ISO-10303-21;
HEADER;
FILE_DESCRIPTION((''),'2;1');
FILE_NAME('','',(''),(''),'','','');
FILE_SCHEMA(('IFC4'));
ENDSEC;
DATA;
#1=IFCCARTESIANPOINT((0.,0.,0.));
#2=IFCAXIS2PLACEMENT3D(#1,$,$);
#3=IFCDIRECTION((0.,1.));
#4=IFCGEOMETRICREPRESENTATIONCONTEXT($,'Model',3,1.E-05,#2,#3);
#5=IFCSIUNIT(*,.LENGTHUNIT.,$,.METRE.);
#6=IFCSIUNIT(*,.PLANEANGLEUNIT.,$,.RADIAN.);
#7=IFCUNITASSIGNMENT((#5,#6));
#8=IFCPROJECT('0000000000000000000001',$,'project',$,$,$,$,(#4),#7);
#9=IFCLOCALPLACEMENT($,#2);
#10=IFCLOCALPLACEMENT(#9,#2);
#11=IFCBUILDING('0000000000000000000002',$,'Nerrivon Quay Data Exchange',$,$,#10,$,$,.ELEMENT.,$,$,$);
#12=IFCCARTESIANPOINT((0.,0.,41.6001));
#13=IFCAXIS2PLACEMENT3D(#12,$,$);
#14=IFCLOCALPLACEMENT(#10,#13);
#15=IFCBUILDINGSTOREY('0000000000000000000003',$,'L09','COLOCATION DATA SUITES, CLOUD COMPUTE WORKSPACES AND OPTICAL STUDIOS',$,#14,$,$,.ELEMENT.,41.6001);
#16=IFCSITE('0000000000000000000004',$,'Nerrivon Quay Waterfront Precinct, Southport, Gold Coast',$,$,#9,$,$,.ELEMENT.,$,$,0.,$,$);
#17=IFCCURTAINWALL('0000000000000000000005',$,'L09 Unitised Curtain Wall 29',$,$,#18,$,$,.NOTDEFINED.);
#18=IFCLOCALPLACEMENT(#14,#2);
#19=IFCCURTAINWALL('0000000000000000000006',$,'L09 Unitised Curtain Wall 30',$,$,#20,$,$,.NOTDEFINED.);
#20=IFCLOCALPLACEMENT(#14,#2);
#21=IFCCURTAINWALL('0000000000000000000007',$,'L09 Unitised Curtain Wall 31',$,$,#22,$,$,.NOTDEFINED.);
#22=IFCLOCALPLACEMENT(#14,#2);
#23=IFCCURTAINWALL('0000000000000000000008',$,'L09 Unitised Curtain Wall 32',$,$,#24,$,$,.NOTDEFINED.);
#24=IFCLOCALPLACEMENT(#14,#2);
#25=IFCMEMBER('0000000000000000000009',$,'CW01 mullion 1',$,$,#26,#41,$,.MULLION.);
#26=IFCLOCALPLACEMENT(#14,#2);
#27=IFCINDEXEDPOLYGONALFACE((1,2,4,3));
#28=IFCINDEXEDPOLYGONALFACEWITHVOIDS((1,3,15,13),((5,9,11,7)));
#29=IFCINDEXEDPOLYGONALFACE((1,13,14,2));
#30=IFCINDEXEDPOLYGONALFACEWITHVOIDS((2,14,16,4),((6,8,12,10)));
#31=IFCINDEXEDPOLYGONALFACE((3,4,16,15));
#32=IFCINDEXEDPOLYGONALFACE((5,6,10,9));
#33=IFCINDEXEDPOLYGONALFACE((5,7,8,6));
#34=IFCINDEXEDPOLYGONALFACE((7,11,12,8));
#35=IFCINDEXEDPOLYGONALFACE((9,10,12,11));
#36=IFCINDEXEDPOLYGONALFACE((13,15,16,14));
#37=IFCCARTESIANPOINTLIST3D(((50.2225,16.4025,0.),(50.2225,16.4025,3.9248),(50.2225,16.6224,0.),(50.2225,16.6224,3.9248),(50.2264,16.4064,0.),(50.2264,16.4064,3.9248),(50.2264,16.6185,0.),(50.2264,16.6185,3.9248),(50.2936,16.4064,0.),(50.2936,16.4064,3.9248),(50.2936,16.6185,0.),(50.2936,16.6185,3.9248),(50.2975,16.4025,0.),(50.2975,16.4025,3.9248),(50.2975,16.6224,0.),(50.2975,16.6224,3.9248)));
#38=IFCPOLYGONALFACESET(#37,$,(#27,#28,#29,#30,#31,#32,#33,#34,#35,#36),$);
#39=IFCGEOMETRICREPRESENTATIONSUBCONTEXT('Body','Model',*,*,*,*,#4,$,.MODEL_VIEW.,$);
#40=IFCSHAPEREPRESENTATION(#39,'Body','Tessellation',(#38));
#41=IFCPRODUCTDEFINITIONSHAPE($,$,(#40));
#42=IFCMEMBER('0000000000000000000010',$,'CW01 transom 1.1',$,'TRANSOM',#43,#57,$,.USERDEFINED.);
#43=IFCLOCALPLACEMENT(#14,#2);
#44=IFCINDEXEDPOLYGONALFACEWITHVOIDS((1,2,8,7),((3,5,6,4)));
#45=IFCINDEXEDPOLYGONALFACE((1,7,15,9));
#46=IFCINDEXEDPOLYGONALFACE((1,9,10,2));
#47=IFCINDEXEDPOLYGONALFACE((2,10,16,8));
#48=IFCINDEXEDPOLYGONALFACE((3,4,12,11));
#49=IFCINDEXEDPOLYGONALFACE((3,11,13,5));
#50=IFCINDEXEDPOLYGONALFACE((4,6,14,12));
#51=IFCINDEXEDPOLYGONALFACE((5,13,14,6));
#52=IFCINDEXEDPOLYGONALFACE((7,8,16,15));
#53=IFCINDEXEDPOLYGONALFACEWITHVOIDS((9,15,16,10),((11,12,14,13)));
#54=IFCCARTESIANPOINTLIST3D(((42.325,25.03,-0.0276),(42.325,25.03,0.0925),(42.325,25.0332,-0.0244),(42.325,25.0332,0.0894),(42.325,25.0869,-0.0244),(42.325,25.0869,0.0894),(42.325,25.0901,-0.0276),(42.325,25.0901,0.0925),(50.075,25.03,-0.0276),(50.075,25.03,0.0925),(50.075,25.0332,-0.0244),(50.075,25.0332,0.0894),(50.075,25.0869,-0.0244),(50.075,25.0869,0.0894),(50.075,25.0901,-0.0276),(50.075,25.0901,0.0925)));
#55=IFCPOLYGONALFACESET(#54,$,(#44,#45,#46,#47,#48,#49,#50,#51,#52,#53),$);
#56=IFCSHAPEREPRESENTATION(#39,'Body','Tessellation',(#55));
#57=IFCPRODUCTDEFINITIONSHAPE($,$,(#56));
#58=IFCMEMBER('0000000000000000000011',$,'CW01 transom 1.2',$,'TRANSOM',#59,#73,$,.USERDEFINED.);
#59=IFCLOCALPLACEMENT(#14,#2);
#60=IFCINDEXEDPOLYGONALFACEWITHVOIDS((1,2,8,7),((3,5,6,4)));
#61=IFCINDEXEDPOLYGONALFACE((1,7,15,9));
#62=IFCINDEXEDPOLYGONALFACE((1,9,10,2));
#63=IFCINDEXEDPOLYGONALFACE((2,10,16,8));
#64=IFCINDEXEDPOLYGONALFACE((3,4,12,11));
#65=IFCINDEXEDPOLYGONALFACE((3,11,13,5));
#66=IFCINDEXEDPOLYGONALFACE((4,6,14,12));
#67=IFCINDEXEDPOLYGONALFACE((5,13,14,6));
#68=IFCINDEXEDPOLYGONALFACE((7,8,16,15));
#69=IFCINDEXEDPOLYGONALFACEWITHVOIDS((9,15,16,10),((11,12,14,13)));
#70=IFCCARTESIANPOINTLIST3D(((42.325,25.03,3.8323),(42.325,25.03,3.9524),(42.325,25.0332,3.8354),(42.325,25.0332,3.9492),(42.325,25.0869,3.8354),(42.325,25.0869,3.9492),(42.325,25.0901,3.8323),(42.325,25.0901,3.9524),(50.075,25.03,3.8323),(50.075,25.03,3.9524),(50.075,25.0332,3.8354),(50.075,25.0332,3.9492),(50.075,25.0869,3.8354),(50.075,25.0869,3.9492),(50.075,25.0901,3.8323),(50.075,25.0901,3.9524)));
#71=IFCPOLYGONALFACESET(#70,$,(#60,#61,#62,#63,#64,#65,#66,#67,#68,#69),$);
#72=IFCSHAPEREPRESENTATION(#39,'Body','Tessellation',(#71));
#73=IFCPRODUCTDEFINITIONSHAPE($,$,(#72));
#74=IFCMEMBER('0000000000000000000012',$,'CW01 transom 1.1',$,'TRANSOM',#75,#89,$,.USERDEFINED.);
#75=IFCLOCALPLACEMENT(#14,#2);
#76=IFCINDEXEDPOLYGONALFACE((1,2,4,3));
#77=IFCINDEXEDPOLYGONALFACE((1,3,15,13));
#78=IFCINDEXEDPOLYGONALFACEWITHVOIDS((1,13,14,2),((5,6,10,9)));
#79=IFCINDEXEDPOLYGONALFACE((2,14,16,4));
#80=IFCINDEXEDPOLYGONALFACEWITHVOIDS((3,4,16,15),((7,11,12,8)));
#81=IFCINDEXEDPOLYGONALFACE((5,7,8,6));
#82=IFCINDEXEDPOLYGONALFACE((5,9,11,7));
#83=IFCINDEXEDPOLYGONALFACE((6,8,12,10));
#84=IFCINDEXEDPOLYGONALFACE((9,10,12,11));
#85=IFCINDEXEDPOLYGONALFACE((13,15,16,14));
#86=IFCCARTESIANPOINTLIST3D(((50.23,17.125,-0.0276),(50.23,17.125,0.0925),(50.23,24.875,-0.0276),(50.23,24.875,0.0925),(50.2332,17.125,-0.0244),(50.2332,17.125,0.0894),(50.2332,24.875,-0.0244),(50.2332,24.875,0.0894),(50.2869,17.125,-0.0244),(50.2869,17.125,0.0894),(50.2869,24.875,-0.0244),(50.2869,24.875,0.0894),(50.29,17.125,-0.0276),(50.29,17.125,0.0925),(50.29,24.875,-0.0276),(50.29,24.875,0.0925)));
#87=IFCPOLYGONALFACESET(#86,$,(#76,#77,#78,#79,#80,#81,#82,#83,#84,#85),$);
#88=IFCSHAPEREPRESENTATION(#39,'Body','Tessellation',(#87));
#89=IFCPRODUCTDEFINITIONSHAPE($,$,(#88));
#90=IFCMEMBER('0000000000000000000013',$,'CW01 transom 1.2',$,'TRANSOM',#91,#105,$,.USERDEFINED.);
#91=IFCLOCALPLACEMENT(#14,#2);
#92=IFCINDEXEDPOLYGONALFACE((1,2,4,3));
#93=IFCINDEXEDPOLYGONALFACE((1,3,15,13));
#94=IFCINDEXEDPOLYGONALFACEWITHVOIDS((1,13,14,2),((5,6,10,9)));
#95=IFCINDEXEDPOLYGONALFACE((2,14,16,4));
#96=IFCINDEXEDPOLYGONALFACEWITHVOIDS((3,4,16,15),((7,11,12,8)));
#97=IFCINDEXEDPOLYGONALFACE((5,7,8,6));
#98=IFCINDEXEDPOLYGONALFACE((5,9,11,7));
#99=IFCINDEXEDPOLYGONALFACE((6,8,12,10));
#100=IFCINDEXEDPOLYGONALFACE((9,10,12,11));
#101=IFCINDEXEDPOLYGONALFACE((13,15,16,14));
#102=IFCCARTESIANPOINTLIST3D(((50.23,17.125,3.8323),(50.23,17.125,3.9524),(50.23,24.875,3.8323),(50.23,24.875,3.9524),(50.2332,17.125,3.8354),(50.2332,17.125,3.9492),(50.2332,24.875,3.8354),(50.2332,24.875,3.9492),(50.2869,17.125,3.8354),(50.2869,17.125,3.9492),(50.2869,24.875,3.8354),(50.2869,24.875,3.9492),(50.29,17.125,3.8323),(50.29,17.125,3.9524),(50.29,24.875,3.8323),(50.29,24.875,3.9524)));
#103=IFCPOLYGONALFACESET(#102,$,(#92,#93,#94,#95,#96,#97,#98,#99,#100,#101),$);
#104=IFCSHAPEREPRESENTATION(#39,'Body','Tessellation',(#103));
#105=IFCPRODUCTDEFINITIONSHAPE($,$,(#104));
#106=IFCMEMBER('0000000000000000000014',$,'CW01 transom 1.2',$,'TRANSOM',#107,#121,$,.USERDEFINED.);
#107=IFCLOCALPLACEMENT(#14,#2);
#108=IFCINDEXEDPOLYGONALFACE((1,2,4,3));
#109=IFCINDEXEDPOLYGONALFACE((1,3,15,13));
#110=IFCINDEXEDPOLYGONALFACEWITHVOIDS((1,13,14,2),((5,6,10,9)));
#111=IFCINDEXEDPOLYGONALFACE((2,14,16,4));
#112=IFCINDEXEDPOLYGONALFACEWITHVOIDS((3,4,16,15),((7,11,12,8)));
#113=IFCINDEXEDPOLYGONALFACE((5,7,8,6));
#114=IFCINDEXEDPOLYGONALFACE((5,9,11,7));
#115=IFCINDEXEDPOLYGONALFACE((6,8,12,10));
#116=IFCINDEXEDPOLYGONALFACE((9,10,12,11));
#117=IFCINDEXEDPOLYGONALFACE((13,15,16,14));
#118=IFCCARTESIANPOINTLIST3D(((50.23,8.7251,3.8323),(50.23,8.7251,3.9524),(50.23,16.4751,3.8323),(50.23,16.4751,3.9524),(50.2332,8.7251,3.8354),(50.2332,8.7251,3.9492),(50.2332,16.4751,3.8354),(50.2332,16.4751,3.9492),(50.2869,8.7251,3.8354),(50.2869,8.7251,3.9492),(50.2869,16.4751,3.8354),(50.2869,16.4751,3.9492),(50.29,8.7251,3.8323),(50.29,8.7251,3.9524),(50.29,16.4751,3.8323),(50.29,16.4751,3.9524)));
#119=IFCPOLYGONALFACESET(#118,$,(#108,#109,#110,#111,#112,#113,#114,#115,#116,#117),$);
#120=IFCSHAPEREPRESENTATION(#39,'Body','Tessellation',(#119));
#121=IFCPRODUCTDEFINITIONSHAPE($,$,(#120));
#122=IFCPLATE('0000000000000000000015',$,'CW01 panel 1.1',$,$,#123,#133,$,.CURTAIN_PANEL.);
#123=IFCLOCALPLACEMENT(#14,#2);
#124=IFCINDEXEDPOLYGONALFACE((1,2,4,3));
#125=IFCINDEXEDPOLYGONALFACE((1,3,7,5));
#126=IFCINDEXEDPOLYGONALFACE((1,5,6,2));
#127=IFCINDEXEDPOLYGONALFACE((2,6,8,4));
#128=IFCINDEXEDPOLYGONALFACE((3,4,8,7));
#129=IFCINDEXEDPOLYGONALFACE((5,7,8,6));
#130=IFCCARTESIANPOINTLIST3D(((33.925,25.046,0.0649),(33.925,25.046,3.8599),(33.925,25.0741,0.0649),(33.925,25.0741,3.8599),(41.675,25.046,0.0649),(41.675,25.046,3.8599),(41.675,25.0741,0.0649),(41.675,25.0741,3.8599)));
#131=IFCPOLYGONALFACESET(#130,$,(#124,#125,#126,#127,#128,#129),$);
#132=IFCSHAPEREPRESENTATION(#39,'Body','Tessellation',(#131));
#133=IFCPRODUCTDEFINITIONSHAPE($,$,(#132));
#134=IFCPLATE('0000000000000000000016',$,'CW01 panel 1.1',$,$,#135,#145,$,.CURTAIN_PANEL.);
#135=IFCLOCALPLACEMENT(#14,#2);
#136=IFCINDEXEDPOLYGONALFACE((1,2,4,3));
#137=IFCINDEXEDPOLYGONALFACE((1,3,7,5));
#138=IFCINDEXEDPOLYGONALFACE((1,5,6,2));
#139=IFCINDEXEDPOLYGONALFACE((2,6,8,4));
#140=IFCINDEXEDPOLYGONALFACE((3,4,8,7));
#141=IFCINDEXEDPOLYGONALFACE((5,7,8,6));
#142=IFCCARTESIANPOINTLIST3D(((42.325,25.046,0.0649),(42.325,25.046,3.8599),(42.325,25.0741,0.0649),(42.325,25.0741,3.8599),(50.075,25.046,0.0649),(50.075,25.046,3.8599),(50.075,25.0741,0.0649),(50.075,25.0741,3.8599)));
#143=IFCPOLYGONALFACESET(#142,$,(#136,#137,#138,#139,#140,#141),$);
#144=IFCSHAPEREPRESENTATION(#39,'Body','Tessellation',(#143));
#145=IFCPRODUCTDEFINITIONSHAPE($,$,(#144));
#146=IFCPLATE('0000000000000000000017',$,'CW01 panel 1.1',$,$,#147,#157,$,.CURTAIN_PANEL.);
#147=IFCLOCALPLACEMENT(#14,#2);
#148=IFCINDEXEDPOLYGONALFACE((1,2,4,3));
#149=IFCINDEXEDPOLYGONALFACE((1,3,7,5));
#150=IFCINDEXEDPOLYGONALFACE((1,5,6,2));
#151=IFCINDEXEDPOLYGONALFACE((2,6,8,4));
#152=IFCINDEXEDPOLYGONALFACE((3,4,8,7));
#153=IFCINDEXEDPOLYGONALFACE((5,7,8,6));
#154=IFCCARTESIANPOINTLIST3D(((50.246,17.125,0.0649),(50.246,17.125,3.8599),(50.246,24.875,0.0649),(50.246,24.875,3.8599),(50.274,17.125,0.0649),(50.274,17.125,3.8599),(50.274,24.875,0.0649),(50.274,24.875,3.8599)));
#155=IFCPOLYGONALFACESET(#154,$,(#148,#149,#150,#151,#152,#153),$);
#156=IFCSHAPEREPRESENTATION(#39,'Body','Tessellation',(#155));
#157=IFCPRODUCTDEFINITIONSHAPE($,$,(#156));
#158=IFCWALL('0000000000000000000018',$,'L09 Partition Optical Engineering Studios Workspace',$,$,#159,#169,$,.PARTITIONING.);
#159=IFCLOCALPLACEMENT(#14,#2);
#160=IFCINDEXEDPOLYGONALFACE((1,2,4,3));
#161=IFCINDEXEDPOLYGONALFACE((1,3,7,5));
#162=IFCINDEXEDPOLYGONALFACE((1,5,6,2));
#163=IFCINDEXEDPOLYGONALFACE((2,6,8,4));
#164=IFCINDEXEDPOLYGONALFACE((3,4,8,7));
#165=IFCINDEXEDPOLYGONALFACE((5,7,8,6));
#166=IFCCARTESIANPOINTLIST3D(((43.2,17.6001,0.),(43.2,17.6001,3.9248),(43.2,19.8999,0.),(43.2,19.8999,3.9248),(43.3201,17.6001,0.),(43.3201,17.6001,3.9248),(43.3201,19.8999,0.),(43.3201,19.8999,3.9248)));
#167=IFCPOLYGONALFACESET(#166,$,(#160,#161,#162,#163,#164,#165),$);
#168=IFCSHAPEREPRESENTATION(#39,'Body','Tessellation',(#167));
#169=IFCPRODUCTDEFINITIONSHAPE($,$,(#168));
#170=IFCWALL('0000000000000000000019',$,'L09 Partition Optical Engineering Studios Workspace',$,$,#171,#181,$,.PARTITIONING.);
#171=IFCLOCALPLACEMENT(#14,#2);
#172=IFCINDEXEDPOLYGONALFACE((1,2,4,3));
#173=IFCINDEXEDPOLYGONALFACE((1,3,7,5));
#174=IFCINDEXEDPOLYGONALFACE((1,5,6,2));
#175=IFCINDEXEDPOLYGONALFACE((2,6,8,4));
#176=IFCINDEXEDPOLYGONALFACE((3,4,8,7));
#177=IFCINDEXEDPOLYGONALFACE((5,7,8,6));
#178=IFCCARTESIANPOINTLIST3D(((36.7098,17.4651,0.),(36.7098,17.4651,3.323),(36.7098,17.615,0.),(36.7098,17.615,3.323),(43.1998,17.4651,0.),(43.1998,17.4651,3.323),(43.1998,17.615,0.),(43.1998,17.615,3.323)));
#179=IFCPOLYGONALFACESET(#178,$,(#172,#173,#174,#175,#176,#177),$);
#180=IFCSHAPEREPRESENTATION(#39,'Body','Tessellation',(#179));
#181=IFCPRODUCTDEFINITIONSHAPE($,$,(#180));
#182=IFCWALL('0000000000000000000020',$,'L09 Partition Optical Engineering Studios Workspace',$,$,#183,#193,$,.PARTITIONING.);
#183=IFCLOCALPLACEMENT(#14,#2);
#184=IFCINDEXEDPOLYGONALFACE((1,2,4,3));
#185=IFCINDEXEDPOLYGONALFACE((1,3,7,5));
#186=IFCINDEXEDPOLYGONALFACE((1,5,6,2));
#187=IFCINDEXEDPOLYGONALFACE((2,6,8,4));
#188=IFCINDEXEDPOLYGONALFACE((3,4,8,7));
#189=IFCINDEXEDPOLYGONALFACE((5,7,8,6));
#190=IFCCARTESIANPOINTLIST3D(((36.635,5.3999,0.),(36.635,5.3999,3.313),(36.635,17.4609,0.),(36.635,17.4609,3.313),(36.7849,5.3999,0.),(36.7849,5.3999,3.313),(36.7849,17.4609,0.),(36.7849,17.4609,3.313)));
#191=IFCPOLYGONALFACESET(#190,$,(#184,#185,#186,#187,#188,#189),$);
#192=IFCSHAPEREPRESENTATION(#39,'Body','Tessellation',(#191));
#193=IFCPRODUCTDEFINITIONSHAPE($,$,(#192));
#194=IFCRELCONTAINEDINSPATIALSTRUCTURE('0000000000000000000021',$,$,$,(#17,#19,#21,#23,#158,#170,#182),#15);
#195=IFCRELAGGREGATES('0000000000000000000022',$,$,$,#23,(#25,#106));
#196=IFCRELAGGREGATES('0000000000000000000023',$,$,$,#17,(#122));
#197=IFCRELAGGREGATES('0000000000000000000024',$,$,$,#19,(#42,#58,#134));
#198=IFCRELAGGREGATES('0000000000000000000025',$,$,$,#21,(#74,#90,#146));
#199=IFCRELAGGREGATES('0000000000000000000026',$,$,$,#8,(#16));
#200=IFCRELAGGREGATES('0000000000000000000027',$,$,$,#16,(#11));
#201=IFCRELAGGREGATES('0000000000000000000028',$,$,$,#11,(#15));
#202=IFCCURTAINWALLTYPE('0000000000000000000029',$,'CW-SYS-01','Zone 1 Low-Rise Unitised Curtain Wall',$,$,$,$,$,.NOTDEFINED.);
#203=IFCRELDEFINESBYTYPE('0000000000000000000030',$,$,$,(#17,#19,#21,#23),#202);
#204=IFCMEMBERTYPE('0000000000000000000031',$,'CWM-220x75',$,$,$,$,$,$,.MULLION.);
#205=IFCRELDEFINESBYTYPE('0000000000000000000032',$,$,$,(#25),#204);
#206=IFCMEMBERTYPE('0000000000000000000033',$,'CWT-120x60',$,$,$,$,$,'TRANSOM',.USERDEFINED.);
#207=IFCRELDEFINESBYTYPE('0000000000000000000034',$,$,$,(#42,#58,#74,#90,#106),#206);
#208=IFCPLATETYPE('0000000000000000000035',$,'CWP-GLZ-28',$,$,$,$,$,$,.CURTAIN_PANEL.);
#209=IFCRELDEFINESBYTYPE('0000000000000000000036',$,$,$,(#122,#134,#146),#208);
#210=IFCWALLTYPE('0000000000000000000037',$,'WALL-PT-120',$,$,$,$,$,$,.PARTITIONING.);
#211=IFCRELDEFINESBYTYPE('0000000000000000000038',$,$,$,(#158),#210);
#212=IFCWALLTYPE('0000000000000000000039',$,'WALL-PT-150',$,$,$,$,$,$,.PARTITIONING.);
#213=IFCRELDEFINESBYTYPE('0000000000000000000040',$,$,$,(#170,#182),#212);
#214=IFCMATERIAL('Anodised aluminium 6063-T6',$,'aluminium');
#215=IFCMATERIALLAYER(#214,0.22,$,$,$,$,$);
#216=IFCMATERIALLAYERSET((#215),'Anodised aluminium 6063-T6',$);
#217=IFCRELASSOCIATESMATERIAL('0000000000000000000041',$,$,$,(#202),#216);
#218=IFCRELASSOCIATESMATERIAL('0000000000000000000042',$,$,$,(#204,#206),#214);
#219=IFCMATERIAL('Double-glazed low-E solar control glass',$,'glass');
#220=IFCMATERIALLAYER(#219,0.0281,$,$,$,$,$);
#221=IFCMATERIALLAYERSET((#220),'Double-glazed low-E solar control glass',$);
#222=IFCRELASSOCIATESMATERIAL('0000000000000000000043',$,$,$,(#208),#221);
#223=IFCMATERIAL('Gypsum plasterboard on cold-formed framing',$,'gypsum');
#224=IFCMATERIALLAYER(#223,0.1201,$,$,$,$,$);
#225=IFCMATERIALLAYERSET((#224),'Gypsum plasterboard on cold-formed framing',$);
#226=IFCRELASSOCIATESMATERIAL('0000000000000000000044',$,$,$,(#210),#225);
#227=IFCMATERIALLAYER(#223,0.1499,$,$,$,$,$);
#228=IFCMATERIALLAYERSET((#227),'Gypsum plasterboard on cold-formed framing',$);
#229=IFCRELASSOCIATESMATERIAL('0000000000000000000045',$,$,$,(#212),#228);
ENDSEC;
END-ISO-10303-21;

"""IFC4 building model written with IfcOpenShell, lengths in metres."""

from ifc_helpers import new_model, si_unit, direction, frame, frame_2d, origin, origin_2d, place, context, subcontext, project, spatial, rectangle, hollow_rectangle, extrude, material, layer, layer_set, material_profile, profile_set, type_object, element, aggregate, save


model = new_model("IFC4")

# Units and contexts
model_context = context("Model", 3, precision=1e-05, world=origin(), true_north=direction((0.0, 1.0)))
body_context = subcontext(model_context, "Body", "Model", "MODEL_VIEW")
ifc_project = project(units=[si_unit("LENGTHUNIT", "METRE"), si_unit("PLANEANGLEUNIT", "RADIAN")], contexts=[model_context])

# Site, building, storey
site_placement = place(None, origin())
site = spatial("IfcSite", under=ifc_project, at=site_placement, Name="Nerrivon Quay Waterfront Precinct, Southport, Gold Coast", CompositionType="ELEMENT", RefElevation=0.0)
building_placement = place(site_placement, origin())
building = spatial("IfcBuilding", under=site, at=building_placement, Name="Nerrivon Quay Data Exchange", CompositionType="ELEMENT")
storey_placement = place(building_placement, frame((0.0, 0.0, 41.6001)))
storey = spatial("IfcBuildingStorey", under=building, at=storey_placement, Name="L09", Description="COLOCATION DATA SUITES, CLOUD COMPUTE WORKSPACES AND OPTICAL STUDIOS", CompositionType="ELEMENT", Elevation=41.6001)

# Curtain wall
ifc_material_1 = material(Name="Anodised aluminium 6063-T6", Category="aluminium")
ifc_layer_1 = layer(ifc_material_1, 0.22)
ifc_layer_set_1 = layer_set([ifc_layer_1], Name="Anodised aluminium 6063-T6")
curtain_wall_type = type_object("IfcCurtainWallType", Name="CW-SYS-01", Description="Zone 1 Low-Rise Unitised Curtain Wall", PredefinedType="NOTDEFINED", material=ifc_layer_set_1)
curtain_wall_1_placement = place(storey_placement, origin())
curtain_wall_1 = element("IfcCurtainWall", 1, at=curtain_wall_1_placement, inside=storey, type_object=curtain_wall_type, Name="L09 Unitised Curtain Wall 29", PredefinedType="NOTDEFINED")
ifc_material_profile_1 = material_profile(ifc_material_1, hollow_rectangle(XDim=0.075, YDim=0.22, WallThickness=0.0039, at=origin_2d()), Name="ALU-MULL-220x75")
ifc_profile_set_1 = profile_set([ifc_material_profile_1], Name="Anodised aluminium 6063-T6")
member_type_1 = type_object("IfcMemberType", Name="CWM-220x75", PredefinedType="MULLION", material=ifc_profile_set_1)

# Curtain walls
curtain_wall_2_placement = place(storey_placement, origin())
curtain_wall_2 = element("IfcCurtainWall", 2, at=curtain_wall_2_placement, inside=storey, type_object=curtain_wall_type, Name="L09 Unitised Curtain Wall 30", PredefinedType="NOTDEFINED")
curtain_wall_3_placement = place(storey_placement, origin())
curtain_wall_3 = element("IfcCurtainWall", 3, at=curtain_wall_3_placement, inside=storey, type_object=curtain_wall_type, Name="L09 Unitised Curtain Wall 31", PredefinedType="NOTDEFINED")

# Curtain wall, member
curtain_wall_4_placement = place(storey_placement, origin())
curtain_wall_4 = element("IfcCurtainWall", 4, at=curtain_wall_4_placement, inside=storey, type_object=curtain_wall_type, Name="L09 Unitised Curtain Wall 32", PredefinedType="NOTDEFINED")
member_1_placement = place(storey_placement, frame((50.26, 16.5125, 0.0), z_axis=(0.0, 0.0, 1.0), x_axis=(1.0, 0.0, 0.0)))
member_1 = element("IfcMember", 5, at=member_1_placement, type_object=member_type_1, Name="CW01 mullion 1", PredefinedType="MULLION", context=body_context, shape_type="SweptSolid", body=[
    extrude(hollow_rectangle(XDim=0.075, YDim=0.22, WallThickness=0.0039, at=origin_2d()), origin(), (0.0, 0.0, 1.0), 3.9248),
])

# Members
ifc_material_profile_2 = material_profile(ifc_material_1, hollow_rectangle(XDim=0.0601, YDim=0.1201, WallThickness=0.0032, at=origin_2d()), Name="ALU-TRAN-120x60")
ifc_profile_set_2 = profile_set([ifc_material_profile_2], Name="Anodised aluminium 6063-T6")
member_type_2 = type_object("IfcMemberType", Name="CWT-120x60", ElementType="TRANSOM", PredefinedType="USERDEFINED", material=ifc_profile_set_2)
member_2_placement = place(storey_placement, frame((42.325, 25.0601, 0.0325), z_axis=(1.0, 0.0, 0.0), x_axis=(0.0, 1.0, 0.0)))
member_2 = element("IfcMember", 6, at=member_2_placement, type_object=member_type_2, Name="CW01 transom 1.1", ObjectType="TRANSOM", PredefinedType="USERDEFINED", context=body_context, shape_type="SweptSolid", body=[
    extrude(hollow_rectangle(XDim=0.0601, YDim=0.1201, WallThickness=0.0032, at=origin_2d()), origin(), (0.0, 0.0, 1.0), 7.75),
])
member_3_placement = place(storey_placement, frame((42.325, 25.0601, 3.8923), z_axis=(1.0, 0.0, 0.0), x_axis=(0.0, 1.0, 0.0)))
member_3 = element("IfcMember", 7, at=member_3_placement, type_object=member_type_2, Name="CW01 transom 1.2", ObjectType="TRANSOM", PredefinedType="USERDEFINED", context=body_context, shape_type="SweptSolid", body=[
    extrude(hollow_rectangle(XDim=0.0601, YDim=0.1201, WallThickness=0.0032, at=origin_2d()), origin(), (0.0, 0.0, 1.0), 7.75),
])
member_4_placement = place(storey_placement, frame((50.26, 24.875, 0.0325), z_axis=(0.0, -1.0, 0.0), x_axis=(1.0, 0.0, 0.0)))
member_4 = element("IfcMember", 8, at=member_4_placement, type_object=member_type_2, Name="CW01 transom 1.1", ObjectType="TRANSOM", PredefinedType="USERDEFINED", context=body_context, shape_type="SweptSolid", body=[
    extrude(hollow_rectangle(XDim=0.0601, YDim=0.1201, WallThickness=0.0032, at=origin_2d()), origin(), (0.0, 0.0, 1.0), 7.75),
])
member_5_placement = place(storey_placement, frame((50.26, 24.875, 3.8923), z_axis=(0.0, -1.0, 0.0), x_axis=(1.0, 0.0, 0.0)))
member_5 = element("IfcMember", 9, at=member_5_placement, type_object=member_type_2, Name="CW01 transom 1.2", ObjectType="TRANSOM", PredefinedType="USERDEFINED", context=body_context, shape_type="SweptSolid", body=[
    extrude(hollow_rectangle(XDim=0.0601, YDim=0.1201, WallThickness=0.0032, at=origin_2d()), origin(), (0.0, 0.0, 1.0), 7.75),
])
member_6_placement = place(storey_placement, frame((50.26, 16.4751, 3.8923), z_axis=(0.0, -1.0, 0.0), x_axis=(1.0, 0.0, 0.0)))
member_6 = element("IfcMember", 10, at=member_6_placement, type_object=member_type_2, Name="CW01 transom 1.2", ObjectType="TRANSOM", PredefinedType="USERDEFINED", context=body_context, shape_type="SweptSolid", body=[
    extrude(hollow_rectangle(XDim=0.0601, YDim=0.1201, WallThickness=0.0032, at=origin_2d()), origin(), (0.0, 0.0, 1.0), 7.75),
])
aggregate(curtain_wall_4, [member_1, member_6])

# Plates
ifc_material_2 = material(Name="Double-glazed low-E solar control glass", Category="glass")
ifc_layer_2 = layer(ifc_material_2, 0.0281)
ifc_layer_set_2 = layer_set([ifc_layer_2], Name="Double-glazed low-E solar control glass")
plate_type = type_object("IfcPlateType", Name="CWP-GLZ-28", PredefinedType="CURTAIN_PANEL", material=ifc_layer_set_2)
plate_1_placement = place(storey_placement, frame((37.8, 25.0601, 0.0649), z_axis=(0.0, 0.0, 1.0), x_axis=(1.0, 0.0, 0.0)))
plate_1 = element("IfcPlate", 11, at=plate_1_placement, type_object=plate_type, Name="CW01 panel 1.1", PredefinedType="CURTAIN_PANEL", context=body_context, shape_type="SweptSolid", body=[
    extrude(rectangle(XDim=7.75, YDim=0.0281, at=origin_2d()), origin(), (0.0, 0.0, 1.0), 3.7949),
])
aggregate(curtain_wall_1, [plate_1])
plate_2_placement = place(storey_placement, frame((46.2, 25.0601, 0.0649), z_axis=(0.0, 0.0, 1.0), x_axis=(1.0, 0.0, 0.0)))
plate_2 = element("IfcPlate", 12, at=plate_2_placement, type_object=plate_type, Name="CW01 panel 1.1", PredefinedType="CURTAIN_PANEL", context=body_context, shape_type="SweptSolid", body=[
    extrude(rectangle(XDim=7.75, YDim=0.0281, at=origin_2d()), origin(), (0.0, 0.0, 1.0), 3.7949),
])
aggregate(curtain_wall_2, [member_2, member_3, plate_2])
plate_3_placement = place(storey_placement, frame((50.26, 21.0, 0.0649), z_axis=(0.0, 0.0, 1.0), x_axis=(0.0, -1.0, 0.0)))
plate_3 = element("IfcPlate", 13, at=plate_3_placement, type_object=plate_type, Name="CW01 panel 1.1", PredefinedType="CURTAIN_PANEL", context=body_context, shape_type="SweptSolid", body=[
    extrude(rectangle(XDim=7.75, YDim=0.0281, at=origin_2d()), origin(), (0.0, 0.0, 1.0), 3.7949),
])
aggregate(curtain_wall_3, [member_4, member_5, plate_3])

# Walls
ifc_material_3 = material(Name="Gypsum plasterboard on cold-formed framing", Category="gypsum")
ifc_layer_3 = layer(ifc_material_3, 0.1201)
ifc_layer_set_3 = layer_set([ifc_layer_3], Name="Gypsum plasterboard on cold-formed framing")
wall_type_1 = type_object("IfcWallType", Name="WALL-PT-120", PredefinedType="PARTITIONING", material=ifc_layer_set_3)
wall_1_placement = place(storey_placement, frame((43.26, 19.8999, 0.0), z_axis=(0.0, 0.0, 1.0), x_axis=(0.0, -1.0, 0.0)))
element("IfcWall", 14, at=wall_1_placement, inside=storey, type_object=wall_type_1, Name="L09 Partition Optical Engineering Studios Workspace", PredefinedType="PARTITIONING", context=body_context, shape_type="SweptSolid", body=[
    extrude(rectangle(XDim=2.2998, YDim=0.1201, at=frame_2d((1.1499, 0.0))), origin(), (0.0, 0.0, 1.0), 3.9248),
])
ifc_layer_4 = layer(ifc_material_3, 0.1499)
ifc_layer_set_4 = layer_set([ifc_layer_4], Name="Gypsum plasterboard on cold-formed framing")
wall_type_2 = type_object("IfcWallType", Name="WALL-PT-150", PredefinedType="PARTITIONING", material=ifc_layer_set_4)
wall_2_placement = place(storey_placement, frame((43.2, 17.54, 0.0), z_axis=(0.0, 0.0, 1.0), x_axis=(-1.0, 0.0, 0.0)))
element("IfcWall", 15, at=wall_2_placement, inside=storey, type_object=wall_type_2, Name="L09 Partition Optical Engineering Studios Workspace", PredefinedType="PARTITIONING", context=body_context, shape_type="SweptSolid", body=[
    extrude(rectangle(XDim=6.49, YDim=0.1499, at=frame_2d((3.2451, 0.0))), origin(), (0.0, 0.0, 1.0), 3.323),
])
wall_3_placement = place(storey_placement, frame((36.71, 17.4609, 0.0), z_axis=(0.0, 0.0, 1.0), x_axis=(0.0, -1.0, 0.0)))
element("IfcWall", 16, at=wall_3_placement, inside=storey, type_object=wall_type_2, Name="L09 Partition Optical Engineering Studios Workspace", PredefinedType="PARTITIONING", context=body_context, shape_type="SweptSolid", body=[
    extrude(rectangle(XDim=12.061, YDim=0.1499, at=frame_2d((6.0305, 0.0))), origin(), (0.0, 0.0, 1.0), 3.313),
])

save(model, "model.ifc")
